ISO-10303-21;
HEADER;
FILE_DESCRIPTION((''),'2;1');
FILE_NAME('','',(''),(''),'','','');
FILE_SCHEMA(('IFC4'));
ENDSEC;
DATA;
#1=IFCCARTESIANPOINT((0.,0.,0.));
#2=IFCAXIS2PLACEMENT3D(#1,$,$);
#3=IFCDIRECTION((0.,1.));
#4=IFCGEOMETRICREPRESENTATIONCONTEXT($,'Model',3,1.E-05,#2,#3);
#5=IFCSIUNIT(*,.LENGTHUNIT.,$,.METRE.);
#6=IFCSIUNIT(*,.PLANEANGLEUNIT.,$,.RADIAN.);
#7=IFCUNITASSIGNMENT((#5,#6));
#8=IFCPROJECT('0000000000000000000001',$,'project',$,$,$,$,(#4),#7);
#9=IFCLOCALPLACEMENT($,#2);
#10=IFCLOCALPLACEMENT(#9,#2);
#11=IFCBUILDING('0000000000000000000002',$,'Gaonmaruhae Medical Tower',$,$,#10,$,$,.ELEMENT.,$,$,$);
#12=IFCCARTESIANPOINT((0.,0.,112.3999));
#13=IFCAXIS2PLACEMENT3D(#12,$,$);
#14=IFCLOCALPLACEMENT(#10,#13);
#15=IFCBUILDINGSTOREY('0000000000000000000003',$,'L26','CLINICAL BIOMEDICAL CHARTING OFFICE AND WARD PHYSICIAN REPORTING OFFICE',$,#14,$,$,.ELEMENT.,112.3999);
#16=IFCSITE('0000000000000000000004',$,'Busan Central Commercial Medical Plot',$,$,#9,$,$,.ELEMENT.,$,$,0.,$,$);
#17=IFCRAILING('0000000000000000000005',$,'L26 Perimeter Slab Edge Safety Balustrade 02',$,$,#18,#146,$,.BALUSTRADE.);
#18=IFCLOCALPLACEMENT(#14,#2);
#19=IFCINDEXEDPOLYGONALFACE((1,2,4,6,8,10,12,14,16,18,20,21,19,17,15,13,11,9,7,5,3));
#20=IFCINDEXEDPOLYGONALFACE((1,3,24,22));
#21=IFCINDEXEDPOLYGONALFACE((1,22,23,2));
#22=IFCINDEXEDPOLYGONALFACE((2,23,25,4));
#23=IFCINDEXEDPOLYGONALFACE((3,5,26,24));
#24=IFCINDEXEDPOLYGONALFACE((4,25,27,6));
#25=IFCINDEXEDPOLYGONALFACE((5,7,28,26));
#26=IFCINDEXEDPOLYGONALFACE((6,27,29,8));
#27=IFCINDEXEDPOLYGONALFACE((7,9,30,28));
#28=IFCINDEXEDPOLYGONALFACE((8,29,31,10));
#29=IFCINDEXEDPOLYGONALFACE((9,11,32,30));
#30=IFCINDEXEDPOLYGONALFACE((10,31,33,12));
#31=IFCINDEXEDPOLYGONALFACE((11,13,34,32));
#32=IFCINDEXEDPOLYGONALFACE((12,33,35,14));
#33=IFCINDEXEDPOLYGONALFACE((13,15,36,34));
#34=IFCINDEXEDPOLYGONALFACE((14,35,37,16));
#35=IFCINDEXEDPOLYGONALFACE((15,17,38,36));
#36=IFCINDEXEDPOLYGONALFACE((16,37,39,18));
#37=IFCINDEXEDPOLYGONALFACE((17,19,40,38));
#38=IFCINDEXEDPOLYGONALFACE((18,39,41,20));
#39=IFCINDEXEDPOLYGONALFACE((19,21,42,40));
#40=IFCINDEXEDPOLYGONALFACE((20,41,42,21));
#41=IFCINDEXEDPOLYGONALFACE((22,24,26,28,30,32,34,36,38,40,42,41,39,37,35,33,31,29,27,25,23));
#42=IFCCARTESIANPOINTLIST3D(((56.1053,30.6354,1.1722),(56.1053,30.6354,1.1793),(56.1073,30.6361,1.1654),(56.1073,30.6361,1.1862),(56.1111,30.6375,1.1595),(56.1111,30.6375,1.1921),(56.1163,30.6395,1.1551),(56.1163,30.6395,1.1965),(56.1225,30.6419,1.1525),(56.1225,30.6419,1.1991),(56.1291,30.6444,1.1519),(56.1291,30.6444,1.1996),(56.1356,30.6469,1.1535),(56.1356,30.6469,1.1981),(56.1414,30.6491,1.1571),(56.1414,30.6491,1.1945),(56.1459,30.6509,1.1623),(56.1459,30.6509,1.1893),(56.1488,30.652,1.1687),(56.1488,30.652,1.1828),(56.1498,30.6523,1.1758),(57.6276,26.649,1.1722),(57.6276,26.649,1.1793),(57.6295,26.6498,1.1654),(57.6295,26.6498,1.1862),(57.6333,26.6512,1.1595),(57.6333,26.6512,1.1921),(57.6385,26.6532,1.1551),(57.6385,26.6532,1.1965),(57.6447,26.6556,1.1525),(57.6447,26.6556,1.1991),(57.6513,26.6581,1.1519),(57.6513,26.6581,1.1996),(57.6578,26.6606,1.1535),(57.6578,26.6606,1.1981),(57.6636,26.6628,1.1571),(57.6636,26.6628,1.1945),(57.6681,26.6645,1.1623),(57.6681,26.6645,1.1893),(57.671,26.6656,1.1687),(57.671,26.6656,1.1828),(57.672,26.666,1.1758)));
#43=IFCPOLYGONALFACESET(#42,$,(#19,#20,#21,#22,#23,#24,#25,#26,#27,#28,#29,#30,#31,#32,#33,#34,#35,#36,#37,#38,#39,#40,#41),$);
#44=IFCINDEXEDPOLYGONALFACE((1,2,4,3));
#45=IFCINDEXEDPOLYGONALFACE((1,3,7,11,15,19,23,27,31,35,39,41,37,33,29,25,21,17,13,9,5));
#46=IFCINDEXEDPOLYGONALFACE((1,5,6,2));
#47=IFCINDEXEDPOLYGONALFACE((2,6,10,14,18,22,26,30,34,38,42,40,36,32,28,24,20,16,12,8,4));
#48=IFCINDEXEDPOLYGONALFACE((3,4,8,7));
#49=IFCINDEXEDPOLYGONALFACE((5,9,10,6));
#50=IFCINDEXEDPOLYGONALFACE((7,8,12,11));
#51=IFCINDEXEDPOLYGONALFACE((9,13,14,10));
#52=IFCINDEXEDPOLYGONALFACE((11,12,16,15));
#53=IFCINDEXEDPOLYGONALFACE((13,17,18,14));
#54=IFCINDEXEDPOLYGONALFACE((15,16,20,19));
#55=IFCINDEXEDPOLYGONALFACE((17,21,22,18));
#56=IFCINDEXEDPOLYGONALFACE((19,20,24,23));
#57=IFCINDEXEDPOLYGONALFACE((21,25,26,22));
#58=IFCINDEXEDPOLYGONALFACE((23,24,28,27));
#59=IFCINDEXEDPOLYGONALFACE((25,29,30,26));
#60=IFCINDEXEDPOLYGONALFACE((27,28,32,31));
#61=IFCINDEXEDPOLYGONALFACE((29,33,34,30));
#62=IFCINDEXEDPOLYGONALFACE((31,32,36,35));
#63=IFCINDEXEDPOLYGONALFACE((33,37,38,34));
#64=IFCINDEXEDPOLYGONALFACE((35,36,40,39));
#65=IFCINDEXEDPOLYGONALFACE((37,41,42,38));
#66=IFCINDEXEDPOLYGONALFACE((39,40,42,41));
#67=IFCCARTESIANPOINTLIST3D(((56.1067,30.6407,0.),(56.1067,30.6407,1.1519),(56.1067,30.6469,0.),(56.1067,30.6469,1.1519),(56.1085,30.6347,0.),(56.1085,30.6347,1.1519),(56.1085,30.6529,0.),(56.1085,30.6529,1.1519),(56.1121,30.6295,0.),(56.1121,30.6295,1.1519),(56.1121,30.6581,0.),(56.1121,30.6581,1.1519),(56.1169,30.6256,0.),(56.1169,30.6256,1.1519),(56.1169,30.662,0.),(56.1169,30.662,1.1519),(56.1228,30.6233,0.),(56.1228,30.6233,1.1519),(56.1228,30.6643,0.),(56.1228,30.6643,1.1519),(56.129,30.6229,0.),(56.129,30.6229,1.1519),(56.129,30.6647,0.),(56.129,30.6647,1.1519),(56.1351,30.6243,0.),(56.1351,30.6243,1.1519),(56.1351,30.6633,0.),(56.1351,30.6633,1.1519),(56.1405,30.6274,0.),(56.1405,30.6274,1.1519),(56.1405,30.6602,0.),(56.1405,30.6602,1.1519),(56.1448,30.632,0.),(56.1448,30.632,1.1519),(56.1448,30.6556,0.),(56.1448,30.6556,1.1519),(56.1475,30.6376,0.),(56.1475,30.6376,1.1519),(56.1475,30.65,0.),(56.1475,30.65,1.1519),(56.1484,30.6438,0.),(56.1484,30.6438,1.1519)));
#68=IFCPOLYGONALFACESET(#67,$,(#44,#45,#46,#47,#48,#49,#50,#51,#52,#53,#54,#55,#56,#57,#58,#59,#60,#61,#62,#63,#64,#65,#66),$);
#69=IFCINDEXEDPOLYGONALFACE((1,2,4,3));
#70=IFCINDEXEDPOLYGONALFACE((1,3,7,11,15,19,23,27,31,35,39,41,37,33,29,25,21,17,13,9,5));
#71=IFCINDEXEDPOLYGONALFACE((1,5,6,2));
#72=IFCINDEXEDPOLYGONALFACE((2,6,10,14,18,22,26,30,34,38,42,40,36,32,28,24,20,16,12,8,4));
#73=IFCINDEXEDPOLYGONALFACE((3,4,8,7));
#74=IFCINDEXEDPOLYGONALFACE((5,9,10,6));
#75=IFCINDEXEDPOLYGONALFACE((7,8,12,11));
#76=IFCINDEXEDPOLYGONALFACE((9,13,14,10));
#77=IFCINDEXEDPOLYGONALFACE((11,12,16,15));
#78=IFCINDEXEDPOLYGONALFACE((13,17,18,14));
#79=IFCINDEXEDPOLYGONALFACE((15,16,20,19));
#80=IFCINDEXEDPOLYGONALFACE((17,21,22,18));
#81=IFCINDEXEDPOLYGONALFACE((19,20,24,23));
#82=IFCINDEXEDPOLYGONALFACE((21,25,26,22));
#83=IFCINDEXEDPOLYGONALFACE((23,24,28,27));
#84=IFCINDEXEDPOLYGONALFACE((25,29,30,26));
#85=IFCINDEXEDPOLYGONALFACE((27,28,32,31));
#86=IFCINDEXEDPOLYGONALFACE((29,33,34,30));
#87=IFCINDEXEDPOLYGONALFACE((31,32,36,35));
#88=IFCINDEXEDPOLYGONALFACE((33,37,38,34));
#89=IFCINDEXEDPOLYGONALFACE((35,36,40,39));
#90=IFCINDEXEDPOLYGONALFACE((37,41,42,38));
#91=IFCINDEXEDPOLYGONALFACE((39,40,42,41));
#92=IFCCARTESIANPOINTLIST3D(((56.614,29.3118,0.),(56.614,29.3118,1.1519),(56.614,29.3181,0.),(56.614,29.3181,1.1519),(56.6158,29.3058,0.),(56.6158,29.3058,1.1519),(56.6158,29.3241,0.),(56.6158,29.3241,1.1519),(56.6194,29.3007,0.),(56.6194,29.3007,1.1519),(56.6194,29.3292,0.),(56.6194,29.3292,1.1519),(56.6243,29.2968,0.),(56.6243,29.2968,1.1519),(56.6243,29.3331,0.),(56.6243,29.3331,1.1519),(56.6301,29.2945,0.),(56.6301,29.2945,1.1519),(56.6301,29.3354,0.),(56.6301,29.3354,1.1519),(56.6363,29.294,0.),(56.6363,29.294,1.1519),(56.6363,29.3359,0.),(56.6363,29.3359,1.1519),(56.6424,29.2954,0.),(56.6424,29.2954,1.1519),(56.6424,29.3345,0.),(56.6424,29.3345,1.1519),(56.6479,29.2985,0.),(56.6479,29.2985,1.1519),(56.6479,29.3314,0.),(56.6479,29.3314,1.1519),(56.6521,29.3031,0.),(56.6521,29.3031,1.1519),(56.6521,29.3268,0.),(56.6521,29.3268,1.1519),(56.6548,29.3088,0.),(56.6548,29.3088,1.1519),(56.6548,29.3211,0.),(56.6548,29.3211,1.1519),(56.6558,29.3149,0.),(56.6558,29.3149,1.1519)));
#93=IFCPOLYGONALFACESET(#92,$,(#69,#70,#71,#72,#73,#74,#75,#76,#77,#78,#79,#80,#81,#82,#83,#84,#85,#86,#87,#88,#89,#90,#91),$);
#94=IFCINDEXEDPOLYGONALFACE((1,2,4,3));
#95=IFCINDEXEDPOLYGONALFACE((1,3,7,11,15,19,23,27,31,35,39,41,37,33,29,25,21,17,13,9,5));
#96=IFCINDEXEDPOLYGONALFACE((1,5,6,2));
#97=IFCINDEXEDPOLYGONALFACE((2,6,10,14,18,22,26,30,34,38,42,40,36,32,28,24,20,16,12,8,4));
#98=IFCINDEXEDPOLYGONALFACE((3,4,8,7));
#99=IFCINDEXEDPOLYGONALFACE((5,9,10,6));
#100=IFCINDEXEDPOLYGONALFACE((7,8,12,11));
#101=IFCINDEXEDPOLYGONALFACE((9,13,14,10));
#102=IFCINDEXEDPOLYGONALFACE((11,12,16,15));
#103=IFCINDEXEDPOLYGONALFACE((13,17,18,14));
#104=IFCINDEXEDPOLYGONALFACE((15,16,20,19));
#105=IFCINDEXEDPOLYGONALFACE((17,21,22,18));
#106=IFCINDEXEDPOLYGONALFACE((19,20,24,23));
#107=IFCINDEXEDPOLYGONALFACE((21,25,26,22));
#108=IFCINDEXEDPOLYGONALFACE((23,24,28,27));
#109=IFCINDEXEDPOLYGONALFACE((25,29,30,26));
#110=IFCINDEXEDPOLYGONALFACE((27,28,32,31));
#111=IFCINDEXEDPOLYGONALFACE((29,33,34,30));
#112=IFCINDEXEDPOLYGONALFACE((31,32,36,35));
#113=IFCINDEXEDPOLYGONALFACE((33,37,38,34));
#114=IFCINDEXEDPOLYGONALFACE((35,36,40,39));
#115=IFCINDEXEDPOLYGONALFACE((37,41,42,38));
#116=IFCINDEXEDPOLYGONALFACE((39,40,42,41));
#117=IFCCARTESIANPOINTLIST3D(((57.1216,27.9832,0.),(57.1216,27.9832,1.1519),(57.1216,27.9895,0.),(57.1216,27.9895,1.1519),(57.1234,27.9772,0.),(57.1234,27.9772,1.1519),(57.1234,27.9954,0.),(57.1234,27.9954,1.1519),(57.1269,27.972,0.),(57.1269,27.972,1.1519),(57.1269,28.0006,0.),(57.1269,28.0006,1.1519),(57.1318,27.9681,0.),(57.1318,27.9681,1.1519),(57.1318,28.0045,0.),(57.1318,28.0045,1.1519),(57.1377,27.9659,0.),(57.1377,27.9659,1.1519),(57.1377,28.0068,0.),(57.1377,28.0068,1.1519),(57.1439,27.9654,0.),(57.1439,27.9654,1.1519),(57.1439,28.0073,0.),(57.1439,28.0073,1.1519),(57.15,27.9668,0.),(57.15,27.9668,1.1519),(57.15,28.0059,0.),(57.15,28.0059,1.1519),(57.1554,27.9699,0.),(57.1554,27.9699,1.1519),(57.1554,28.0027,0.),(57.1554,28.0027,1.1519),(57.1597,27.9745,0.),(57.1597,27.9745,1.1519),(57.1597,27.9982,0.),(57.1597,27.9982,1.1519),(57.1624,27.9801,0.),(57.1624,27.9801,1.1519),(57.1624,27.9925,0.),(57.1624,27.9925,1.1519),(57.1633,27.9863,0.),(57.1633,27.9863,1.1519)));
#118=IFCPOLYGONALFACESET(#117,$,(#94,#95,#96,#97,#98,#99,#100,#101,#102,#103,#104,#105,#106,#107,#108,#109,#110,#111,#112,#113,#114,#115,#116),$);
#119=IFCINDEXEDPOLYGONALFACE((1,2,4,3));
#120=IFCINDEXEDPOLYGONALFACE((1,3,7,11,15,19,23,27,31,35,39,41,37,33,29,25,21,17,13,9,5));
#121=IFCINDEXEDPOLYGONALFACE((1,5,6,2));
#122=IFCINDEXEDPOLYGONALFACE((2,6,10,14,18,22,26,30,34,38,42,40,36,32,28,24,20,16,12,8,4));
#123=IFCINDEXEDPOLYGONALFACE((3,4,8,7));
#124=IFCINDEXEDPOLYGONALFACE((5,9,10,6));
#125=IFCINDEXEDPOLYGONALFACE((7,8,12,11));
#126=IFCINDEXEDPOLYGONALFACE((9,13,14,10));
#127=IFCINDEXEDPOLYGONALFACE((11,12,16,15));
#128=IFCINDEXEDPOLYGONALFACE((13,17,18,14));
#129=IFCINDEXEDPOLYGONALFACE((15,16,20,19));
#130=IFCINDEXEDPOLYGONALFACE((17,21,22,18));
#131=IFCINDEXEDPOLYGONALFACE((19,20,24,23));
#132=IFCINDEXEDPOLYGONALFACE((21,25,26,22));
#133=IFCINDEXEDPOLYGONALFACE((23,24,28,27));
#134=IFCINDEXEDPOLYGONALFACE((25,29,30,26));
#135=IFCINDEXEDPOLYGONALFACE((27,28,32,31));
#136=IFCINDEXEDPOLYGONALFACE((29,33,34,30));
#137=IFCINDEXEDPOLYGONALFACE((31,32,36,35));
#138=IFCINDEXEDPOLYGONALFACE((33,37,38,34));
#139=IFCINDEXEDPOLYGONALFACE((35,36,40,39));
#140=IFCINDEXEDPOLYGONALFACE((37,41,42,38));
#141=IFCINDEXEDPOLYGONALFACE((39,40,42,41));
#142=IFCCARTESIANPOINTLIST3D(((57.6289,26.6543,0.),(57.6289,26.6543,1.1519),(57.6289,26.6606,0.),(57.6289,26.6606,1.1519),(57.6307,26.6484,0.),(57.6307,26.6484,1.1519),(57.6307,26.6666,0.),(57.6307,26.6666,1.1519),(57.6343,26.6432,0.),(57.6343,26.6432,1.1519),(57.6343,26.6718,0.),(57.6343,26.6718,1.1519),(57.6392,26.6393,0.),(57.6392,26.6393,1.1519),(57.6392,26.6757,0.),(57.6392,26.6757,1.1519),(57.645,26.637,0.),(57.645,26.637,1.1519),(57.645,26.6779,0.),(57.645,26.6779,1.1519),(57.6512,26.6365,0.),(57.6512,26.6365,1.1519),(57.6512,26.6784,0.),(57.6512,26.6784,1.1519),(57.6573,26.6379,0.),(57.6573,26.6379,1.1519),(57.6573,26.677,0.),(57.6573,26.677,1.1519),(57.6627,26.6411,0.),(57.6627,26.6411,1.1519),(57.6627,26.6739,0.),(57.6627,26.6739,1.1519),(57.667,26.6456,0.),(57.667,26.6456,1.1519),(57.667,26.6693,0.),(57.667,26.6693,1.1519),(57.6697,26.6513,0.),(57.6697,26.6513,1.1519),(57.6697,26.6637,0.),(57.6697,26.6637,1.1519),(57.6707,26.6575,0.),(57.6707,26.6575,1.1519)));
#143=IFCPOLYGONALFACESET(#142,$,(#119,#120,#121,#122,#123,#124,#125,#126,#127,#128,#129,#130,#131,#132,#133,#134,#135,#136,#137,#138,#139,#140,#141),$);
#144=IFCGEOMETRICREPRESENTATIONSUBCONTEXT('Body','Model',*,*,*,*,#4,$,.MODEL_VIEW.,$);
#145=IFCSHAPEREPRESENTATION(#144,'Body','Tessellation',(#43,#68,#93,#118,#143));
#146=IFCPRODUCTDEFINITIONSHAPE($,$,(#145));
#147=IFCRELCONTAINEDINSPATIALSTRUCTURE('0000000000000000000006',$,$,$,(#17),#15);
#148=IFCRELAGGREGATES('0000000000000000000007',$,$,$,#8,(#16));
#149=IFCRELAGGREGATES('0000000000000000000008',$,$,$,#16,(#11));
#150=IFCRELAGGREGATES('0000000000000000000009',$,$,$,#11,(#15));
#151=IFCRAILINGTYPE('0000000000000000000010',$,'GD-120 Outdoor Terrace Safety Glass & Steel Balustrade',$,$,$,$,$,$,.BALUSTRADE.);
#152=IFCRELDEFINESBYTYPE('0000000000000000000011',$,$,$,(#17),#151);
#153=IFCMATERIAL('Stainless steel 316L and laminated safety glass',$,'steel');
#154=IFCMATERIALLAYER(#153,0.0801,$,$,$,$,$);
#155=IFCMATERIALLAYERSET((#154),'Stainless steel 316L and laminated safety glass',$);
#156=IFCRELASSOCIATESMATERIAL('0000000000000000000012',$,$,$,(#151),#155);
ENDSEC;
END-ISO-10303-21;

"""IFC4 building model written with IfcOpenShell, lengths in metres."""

from ifc_helpers import new_model, si_unit, direction, frame, origin, origin_2d, place, context, subcontext, project, spatial, circle, extrude, material, layer, layer_set, type_object, element, save


model = new_model("IFC4")

# Units and contexts
model_context = context("Model", 3, precision=1e-05, world=origin(), true_north=direction((0.0, 1.0)))
body_context = subcontext(model_context, "Body", "Model", "MODEL_VIEW")
ifc_project = project(units=[si_unit("LENGTHUNIT", "METRE"), si_unit("PLANEANGLEUNIT", "RADIAN")], contexts=[model_context])

# Site, building, storey
site_placement = place(None, origin())
site = spatial("IfcSite", under=ifc_project, at=site_placement, Name="Busan Central Commercial Medical Plot", CompositionType="ELEMENT", RefElevation=0.0)
building_placement = place(site_placement, origin())
building = spatial("IfcBuilding", under=site, at=building_placement, Name="Gaonmaruhae Medical Tower", CompositionType="ELEMENT")
storey_placement = place(building_placement, frame((0.0, 0.0, 112.3999)))
storey = spatial("IfcBuildingStorey", under=building, at=storey_placement, Name="L26", Description="CLINICAL BIOMEDICAL CHARTING OFFICE AND WARD PHYSICIAN REPORTING OFFICE", CompositionType="ELEMENT", Elevation=112.3999)

# Railing
ifc_material_1 = material(Name="Stainless steel 316L and laminated safety glass", Category="steel")
ifc_layer_1 = layer(ifc_material_1, 0.0801)
ifc_layer_set_1 = layer_set([ifc_layer_1], Name="Stainless steel 316L and laminated safety glass")
railing_type = type_object("IfcRailingType", Name="GD-120 Outdoor Terrace Safety Glass & Steel Balustrade", PredefinedType="BALUSTRADE", material=ifc_layer_set_1)
railing_1_placement = place(storey_placement, frame((56.1274, 30.6438, 0.0)))
element("IfcRailing", 1, at=railing_1_placement, inside=storey, type_object=railing_type, Name="L26 Perimeter Slab Edge Safety Balustrade 02", PredefinedType="BALUSTRADE", context=body_context, shape_type="SweptSolid", body=[
    extrude(circle(Radius=0.0239, at=origin_2d()), frame((0.0, 0.0, 1.1758), z_axis=(0.356735, -0.934206, 0.0), x_axis=(0.934206, 0.356735, 0.0)), (0.0, 0.0, 1.0), 4.2671),
    extrude(circle(Radius=0.021, at=origin_2d()), origin(), (0.0, 0.0, 1.0), 1.1519),
    extrude(circle(Radius=0.021, at=origin_2d()), frame((0.5073, -1.3289, 0.0)), (0.0, 0.0, 1.0), 1.1519),
    extrude(circle(Radius=0.021, at=origin_2d()), frame((1.0149, -2.6575, 0.0)), (0.0, 0.0, 1.0), 1.1519),
    extrude(circle(Radius=0.021, at=origin_2d()), frame((1.5222, -3.9863, 0.0)), (0.0, 0.0, 1.0), 1.1519),
])

save(model, "model.ifc")
